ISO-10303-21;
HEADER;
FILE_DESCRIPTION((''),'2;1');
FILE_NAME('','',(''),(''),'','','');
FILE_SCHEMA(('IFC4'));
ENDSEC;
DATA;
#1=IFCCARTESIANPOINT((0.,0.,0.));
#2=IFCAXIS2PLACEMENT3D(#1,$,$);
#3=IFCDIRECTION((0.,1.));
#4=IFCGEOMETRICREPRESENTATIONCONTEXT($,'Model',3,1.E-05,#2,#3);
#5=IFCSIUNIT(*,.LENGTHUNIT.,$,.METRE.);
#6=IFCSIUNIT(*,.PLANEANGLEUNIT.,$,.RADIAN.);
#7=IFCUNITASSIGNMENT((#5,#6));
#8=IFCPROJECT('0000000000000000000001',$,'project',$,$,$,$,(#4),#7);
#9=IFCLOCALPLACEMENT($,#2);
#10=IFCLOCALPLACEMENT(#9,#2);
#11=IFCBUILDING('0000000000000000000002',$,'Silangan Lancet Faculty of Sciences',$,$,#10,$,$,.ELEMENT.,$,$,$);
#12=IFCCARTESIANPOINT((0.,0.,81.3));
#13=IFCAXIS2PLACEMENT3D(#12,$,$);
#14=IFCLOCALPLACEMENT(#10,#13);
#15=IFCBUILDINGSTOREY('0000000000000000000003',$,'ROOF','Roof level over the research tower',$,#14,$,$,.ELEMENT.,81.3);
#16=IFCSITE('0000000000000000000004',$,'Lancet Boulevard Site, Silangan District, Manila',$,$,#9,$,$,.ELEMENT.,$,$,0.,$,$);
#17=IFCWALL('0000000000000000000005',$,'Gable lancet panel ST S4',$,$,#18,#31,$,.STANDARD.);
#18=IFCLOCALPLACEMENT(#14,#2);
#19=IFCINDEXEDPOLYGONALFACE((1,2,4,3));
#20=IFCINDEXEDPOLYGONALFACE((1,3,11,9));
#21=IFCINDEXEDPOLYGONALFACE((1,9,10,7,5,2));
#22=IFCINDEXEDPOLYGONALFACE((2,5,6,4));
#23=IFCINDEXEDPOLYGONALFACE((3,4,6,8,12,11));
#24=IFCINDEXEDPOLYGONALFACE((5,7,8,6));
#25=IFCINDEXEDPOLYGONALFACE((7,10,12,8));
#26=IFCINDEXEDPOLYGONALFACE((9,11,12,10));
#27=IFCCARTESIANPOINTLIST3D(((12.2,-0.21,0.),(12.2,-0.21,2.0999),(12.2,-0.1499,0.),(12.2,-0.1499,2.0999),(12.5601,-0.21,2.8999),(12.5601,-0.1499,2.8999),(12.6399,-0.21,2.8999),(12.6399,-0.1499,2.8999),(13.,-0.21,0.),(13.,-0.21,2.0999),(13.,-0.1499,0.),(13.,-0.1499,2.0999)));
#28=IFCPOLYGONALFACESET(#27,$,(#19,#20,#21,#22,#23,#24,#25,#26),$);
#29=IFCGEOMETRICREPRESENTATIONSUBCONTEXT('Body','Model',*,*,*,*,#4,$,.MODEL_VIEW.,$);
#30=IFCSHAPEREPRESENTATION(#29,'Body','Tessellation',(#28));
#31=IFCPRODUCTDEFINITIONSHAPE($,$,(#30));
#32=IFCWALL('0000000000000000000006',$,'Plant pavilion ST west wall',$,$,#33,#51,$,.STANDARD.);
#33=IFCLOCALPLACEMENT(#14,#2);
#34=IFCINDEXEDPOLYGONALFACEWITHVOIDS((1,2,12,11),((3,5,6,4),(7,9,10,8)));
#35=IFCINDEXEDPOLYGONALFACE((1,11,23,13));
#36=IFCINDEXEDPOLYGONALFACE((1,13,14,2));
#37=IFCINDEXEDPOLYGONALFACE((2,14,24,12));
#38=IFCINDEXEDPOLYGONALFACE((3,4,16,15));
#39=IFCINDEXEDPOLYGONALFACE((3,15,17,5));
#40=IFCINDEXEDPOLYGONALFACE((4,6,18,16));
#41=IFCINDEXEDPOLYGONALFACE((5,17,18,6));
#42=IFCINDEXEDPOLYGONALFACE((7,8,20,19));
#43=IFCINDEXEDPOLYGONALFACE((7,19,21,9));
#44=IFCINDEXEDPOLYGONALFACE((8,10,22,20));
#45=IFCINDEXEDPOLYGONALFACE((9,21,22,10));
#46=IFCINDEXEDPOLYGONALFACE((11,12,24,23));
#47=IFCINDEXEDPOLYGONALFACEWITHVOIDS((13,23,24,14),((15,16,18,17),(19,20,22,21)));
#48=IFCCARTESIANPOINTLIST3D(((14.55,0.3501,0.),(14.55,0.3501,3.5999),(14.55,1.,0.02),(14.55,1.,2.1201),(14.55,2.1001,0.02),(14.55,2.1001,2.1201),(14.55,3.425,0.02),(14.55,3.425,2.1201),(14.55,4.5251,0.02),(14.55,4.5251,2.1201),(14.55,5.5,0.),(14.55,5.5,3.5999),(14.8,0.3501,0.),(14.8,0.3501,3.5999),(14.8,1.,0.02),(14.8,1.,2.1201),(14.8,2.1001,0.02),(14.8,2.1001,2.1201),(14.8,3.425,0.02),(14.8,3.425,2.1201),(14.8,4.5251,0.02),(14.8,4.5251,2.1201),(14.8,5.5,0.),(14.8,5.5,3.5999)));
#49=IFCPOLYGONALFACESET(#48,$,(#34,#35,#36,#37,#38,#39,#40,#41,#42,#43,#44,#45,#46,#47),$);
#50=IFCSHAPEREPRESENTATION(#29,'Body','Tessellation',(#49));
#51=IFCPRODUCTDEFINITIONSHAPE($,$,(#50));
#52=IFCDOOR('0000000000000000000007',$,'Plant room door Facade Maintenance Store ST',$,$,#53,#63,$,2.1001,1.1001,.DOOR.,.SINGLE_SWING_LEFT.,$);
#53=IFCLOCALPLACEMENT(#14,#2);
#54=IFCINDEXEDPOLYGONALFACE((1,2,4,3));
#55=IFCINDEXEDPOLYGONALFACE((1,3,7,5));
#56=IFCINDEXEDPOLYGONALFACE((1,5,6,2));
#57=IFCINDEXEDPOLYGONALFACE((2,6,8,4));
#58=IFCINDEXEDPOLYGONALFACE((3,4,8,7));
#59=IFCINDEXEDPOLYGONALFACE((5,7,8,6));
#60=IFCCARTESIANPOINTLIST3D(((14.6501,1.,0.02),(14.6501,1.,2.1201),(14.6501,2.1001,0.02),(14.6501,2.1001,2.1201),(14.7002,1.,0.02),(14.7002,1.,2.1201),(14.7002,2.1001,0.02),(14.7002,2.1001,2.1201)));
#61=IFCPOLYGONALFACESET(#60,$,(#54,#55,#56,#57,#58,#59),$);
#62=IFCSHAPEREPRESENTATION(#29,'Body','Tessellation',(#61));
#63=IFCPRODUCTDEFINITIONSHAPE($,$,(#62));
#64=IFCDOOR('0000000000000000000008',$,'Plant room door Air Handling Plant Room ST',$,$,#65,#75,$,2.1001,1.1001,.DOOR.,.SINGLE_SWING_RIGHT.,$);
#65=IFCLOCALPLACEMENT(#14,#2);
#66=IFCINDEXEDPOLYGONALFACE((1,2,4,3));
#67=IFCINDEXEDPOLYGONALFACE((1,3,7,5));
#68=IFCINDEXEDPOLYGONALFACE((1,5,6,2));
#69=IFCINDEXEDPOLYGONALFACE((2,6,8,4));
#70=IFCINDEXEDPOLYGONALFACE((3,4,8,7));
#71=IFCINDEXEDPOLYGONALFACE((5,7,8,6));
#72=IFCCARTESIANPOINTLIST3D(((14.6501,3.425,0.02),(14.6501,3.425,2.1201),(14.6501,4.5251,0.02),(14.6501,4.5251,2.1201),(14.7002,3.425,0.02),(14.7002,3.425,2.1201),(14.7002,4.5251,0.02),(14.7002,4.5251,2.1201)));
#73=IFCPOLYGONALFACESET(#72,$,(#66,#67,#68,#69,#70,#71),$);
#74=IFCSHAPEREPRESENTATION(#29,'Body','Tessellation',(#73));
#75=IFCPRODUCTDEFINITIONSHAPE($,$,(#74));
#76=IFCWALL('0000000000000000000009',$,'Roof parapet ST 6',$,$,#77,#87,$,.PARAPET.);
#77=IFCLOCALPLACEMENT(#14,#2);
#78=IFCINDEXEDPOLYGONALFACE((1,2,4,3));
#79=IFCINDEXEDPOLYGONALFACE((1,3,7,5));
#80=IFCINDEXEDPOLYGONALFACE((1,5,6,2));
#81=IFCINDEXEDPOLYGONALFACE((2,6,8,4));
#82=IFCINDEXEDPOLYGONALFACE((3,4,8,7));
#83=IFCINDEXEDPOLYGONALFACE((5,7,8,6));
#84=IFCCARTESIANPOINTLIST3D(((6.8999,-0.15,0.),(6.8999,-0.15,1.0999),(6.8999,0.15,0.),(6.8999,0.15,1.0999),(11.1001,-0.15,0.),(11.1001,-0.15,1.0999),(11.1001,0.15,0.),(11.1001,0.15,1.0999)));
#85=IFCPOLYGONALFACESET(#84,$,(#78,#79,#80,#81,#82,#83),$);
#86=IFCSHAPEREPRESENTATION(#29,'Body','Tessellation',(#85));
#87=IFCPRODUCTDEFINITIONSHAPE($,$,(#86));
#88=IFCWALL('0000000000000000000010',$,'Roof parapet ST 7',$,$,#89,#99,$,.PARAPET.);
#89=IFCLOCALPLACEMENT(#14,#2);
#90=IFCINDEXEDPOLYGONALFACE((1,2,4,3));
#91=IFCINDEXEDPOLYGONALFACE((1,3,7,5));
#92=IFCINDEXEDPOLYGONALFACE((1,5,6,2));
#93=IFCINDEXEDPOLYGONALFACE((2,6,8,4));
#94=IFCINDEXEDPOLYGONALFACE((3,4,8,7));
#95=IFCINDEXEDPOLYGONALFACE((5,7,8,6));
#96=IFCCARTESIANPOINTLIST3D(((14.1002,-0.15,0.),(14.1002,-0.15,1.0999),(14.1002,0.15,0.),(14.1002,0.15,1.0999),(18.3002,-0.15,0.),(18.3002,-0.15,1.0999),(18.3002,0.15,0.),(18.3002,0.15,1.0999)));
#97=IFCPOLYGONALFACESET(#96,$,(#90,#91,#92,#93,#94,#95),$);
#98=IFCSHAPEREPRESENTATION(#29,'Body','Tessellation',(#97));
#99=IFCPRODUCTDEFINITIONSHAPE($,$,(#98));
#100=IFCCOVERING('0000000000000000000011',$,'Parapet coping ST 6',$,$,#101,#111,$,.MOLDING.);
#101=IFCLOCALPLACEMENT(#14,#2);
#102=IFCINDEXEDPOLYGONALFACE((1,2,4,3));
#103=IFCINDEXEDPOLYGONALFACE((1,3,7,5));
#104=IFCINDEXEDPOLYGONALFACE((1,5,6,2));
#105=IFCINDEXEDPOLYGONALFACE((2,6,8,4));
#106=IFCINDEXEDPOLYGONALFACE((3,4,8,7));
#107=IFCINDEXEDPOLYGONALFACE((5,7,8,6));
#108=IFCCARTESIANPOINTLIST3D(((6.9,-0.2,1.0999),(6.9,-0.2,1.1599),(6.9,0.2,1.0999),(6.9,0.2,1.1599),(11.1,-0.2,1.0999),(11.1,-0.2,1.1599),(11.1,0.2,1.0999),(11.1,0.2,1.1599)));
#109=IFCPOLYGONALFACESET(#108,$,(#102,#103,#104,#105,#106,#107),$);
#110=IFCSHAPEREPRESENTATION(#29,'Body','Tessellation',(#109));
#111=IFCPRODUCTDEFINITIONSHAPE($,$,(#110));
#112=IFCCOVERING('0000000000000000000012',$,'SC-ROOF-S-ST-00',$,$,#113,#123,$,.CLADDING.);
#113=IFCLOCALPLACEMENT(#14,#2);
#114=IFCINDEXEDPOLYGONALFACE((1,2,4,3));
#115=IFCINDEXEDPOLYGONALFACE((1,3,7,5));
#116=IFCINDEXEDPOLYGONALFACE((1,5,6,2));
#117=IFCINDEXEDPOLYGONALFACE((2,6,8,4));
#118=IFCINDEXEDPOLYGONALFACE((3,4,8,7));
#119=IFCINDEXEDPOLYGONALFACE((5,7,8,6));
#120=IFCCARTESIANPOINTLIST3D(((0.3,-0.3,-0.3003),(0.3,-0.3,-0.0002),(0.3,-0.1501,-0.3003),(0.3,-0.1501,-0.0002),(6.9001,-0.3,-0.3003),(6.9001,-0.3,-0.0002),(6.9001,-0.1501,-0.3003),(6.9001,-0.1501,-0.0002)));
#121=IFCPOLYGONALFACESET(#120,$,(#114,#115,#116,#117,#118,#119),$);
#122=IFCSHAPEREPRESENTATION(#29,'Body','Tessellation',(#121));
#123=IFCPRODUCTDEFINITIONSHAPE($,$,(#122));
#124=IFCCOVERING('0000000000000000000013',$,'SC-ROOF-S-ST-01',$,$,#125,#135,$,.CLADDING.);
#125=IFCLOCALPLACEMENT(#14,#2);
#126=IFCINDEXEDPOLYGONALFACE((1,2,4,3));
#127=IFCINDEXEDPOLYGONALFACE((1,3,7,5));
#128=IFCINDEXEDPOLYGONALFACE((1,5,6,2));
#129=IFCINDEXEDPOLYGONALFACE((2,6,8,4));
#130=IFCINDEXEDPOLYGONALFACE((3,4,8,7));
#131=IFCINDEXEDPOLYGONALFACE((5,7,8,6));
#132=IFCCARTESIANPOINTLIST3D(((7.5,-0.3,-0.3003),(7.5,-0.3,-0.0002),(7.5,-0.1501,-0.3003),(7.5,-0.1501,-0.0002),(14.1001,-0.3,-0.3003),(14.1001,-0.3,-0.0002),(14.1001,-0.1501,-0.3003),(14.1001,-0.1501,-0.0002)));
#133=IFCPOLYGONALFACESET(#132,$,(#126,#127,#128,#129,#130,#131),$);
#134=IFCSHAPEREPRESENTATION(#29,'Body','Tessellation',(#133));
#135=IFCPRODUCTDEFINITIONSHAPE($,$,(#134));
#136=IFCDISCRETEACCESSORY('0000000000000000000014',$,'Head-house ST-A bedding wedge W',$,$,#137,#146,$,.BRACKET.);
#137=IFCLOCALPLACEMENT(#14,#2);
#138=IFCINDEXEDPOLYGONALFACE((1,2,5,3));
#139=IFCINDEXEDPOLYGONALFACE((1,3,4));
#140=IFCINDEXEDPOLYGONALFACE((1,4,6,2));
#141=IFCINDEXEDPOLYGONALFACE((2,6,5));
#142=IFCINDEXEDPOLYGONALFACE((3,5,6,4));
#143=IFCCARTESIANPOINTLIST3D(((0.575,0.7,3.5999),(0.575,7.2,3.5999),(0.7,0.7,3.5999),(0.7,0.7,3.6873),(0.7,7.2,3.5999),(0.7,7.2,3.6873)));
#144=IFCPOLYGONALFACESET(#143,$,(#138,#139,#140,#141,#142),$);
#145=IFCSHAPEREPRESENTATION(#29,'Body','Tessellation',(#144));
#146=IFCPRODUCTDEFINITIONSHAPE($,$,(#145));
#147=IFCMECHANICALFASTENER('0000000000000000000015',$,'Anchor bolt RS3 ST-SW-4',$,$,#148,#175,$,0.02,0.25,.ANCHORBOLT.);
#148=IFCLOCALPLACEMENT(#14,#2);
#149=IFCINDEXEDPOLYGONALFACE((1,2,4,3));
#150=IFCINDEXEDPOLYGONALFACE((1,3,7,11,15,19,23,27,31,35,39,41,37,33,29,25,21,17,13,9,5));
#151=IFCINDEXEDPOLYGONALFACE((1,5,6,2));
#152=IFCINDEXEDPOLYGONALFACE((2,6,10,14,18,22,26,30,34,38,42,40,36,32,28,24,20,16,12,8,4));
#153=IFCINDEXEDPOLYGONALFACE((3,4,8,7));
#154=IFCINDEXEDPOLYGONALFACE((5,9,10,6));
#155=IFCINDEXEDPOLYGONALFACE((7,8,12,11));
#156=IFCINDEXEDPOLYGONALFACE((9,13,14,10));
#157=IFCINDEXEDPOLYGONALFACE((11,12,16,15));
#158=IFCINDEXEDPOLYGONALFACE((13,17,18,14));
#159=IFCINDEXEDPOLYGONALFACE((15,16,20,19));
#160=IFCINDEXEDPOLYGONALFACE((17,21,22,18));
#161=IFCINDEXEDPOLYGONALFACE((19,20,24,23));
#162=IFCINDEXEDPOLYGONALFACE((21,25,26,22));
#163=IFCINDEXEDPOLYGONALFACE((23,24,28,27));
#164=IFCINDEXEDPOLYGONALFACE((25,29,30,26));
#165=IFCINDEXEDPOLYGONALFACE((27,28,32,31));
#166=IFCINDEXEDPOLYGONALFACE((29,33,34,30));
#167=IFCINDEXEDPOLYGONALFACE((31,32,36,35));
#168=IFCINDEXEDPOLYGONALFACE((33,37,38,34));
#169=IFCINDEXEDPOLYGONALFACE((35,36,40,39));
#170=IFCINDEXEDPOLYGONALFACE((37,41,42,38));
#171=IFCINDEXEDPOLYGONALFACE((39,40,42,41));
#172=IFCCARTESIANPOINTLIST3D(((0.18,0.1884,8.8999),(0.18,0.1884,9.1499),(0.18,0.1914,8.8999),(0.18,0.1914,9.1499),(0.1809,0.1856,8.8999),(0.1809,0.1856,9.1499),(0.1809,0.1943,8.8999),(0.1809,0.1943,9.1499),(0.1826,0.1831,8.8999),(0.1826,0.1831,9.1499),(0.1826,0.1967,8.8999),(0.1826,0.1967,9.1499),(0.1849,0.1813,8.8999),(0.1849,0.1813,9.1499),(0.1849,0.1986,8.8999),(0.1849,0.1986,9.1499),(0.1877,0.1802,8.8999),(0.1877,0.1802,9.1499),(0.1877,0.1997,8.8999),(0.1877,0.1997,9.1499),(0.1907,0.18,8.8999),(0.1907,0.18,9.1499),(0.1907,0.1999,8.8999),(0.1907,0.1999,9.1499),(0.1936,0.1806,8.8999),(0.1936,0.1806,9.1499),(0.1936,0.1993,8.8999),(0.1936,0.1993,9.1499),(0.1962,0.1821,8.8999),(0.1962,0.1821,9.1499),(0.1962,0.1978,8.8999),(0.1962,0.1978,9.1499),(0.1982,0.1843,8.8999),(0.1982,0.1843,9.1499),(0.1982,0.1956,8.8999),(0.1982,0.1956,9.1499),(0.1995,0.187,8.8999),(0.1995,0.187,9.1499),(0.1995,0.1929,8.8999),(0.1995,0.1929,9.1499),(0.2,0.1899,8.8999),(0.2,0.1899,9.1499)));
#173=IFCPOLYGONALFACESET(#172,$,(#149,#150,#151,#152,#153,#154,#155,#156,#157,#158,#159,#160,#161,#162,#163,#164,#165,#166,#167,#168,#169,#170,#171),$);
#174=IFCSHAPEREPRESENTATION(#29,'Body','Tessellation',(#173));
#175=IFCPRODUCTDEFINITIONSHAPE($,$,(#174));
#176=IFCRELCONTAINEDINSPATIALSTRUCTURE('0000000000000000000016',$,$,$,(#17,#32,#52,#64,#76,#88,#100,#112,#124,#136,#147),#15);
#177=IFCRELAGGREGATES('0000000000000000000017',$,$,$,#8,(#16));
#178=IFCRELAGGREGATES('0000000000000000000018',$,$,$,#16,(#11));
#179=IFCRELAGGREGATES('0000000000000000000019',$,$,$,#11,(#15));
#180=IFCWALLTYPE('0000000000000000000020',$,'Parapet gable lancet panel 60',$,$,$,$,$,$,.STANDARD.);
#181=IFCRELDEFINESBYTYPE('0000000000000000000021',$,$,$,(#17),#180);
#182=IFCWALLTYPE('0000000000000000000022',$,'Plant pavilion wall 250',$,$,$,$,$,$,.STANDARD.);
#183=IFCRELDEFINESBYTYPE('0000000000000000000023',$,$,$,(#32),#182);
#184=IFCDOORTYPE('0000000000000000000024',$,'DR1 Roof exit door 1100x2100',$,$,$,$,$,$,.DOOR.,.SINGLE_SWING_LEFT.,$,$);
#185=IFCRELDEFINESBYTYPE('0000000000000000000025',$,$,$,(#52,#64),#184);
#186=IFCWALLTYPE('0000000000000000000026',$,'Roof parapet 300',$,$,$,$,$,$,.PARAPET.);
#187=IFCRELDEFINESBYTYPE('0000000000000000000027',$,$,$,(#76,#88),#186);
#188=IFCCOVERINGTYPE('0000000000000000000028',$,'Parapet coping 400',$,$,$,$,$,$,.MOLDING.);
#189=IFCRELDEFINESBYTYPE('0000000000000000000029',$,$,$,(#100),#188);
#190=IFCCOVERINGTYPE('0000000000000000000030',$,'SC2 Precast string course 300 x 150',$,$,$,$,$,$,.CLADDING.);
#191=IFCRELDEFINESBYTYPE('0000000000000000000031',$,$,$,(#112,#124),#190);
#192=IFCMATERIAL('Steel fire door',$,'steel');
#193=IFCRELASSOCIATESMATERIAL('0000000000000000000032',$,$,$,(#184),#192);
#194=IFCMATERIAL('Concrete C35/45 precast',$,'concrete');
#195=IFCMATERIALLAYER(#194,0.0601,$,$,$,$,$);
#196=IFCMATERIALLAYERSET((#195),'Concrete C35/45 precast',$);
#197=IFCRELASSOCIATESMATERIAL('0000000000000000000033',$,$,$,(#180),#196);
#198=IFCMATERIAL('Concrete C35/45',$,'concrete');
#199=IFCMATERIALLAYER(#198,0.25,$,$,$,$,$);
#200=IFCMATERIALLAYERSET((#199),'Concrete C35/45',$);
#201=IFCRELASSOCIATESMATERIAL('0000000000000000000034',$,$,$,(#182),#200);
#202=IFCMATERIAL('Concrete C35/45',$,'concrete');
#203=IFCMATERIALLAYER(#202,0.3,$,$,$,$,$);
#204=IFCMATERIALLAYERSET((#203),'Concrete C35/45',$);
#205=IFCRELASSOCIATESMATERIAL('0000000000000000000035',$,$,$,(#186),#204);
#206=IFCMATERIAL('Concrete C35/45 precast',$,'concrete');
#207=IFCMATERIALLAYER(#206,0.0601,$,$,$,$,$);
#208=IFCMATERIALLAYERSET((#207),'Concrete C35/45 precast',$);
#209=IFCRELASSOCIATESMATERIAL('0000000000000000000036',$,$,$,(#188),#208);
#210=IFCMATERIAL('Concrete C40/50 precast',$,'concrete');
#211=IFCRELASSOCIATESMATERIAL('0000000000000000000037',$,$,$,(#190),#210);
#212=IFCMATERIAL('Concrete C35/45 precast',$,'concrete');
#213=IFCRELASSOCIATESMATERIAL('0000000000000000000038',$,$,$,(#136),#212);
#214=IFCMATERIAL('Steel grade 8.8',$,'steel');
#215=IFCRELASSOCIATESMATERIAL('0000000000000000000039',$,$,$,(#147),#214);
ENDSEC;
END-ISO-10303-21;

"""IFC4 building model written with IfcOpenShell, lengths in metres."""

from ifc_helpers import new_model, si_unit, direction, frame, frame_2d, origin, origin_2d, place, context, subcontext, project, spatial, polyline, rectangle, circle, outline, extrude, material, layer, layer_set, type_object, element, fill, save


model = new_model("IFC4")

# Units and contexts
model_context = context("Model", 3, precision=1e-05, world=origin(), true_north=direction((0.0, 1.0)))
body_context = subcontext(model_context, "Body", "Model", "MODEL_VIEW")
ifc_project = project(units=[si_unit("LENGTHUNIT", "METRE"), si_unit("PLANEANGLEUNIT", "RADIAN")], contexts=[model_context])

# Site, building, storey
site_placement = place(None, origin())
site = spatial("IfcSite", under=ifc_project, at=site_placement, Name="Lancet Boulevard Site, Silangan District, Manila", CompositionType="ELEMENT", RefElevation=0.0)
building_placement = place(site_placement, origin())
building = spatial("IfcBuilding", under=site, at=building_placement, Name="Silangan Lancet Faculty of Sciences", CompositionType="ELEMENT")
storey_placement = place(building_placement, frame((0.0, 0.0, 81.3)))
storey = spatial("IfcBuildingStorey", under=building, at=storey_placement, Name="ROOF", Description="Roof level over the research tower", CompositionType="ELEMENT", Elevation=81.3)

# Shared definitions
ifc_material_1 = material(Name="Steel fire door", Category="steel")
door_type = type_object("IfcDoorType", Name="DR1 Roof exit door 1100x2100", OperationType="SINGLE_SWING_LEFT", PredefinedType="DOOR", material=ifc_material_1)

# Wall
ifc_material_2 = material(Name="Concrete C35/45 precast", Category="concrete")
ifc_layer_1 = layer(ifc_material_2, 0.0601)
ifc_layer_set_1 = layer_set([ifc_layer_1], Name="Concrete C35/45 precast")
wall_type_1 = type_object("IfcWallType", Name="Parapet gable lancet panel 60", PredefinedType="STANDARD", material=ifc_layer_set_1)
for number, where, z_axis, x_axis, name in (
    (1, (12.2, -0.1799, 0.0), (0.0, 0.0, 1.0), (1.0, 0.0, 0.0), "Gable lancet panel ST S4"),
):
    element("IfcWall", number, at=place(storey_placement, frame(where, z_axis=z_axis, x_axis=x_axis)), inside=storey, type_object=wall_type_1, Name=name, PredefinedType="STANDARD", context=body_context, shape_type="SweptSolid", body=[
        extrude(outline(polyline([(0.0, 0.0), (0.8, 0.0), (0.8, 2.0999), (0.4399, 2.8999), (0.3601, 2.8999), (0.0, 2.0999), (0.0, 0.0)])), frame((0.0, 0.03, 0.0), z_axis=(0.0, -1.0, 0.0), x_axis=(1.0, 0.0, 0.0)), (0.0, 0.0, 1.0), 0.0601),
    ])

# Wall, openings, doors
ifc_material_3 = material(Name="Concrete C35/45", Category="concrete")
ifc_layer_2 = layer(ifc_material_3, 0.25)
ifc_layer_set_2 = layer_set([ifc_layer_2], Name="Concrete C35/45")
wall_type_2 = type_object("IfcWallType", Name="Plant pavilion wall 250", PredefinedType="STANDARD", material=ifc_layer_set_2)
wall_1_placement = place(storey_placement, frame((14.675, 0.3501, 0.0), z_axis=(0.0, 0.0, 1.0), x_axis=(0.0, 1.0, 0.0)))
wall_1 = element("IfcWall", 2, at=wall_1_placement, inside=storey, type_object=wall_type_2, Name="Plant pavilion ST west wall", PredefinedType="STANDARD", context=body_context, shape_type="SweptSolid", body=[
    extrude(rectangle(XDim=5.1499, YDim=0.25, at=frame_2d((2.575, 0.0))), origin(), (0.0, 0.0, 1.0), 3.5999),
])
opening_1_placement = place(wall_1_placement, frame((0.6499, 0.0, 0.02)))
opening_1 = element("IfcOpeningElement", 3, at=opening_1_placement, cuts=wall_1, PredefinedType="OPENING", context=body_context, shape_type="SweptSolid", body=[
    extrude(rectangle(XDim=1.1001, YDim=2.1001, at=frame_2d((0.55, 1.05))), frame((0.0, 0.135, 0.0), z_axis=(0.0, -1.0, 0.0), x_axis=(1.0, 0.0, 0.0)), (0.0, 0.0, 1.0), 0.27),
])
opening_2_placement = place(wall_1_placement, frame((3.075, 0.0, 0.02)))
opening_2 = element("IfcOpeningElement", 4, at=opening_2_placement, cuts=wall_1, PredefinedType="OPENING", context=body_context, shape_type="SweptSolid", body=[
    extrude(rectangle(XDim=1.1001, YDim=2.1001, at=frame_2d((0.55, 1.05))), frame((0.0, 0.135, 0.0), z_axis=(0.0, -1.0, 0.0), x_axis=(1.0, 0.0, 0.0)), (0.0, 0.0, 1.0), 0.27),
])
door_1_placement = place(opening_1_placement, origin())
door_1 = element("IfcDoor", 5, at=door_1_placement, inside=storey, type_object=door_type, Name="Plant room door Facade Maintenance Store ST", OperationType="SINGLE_SWING_LEFT", OverallHeight=2.1001, OverallWidth=1.1001, PredefinedType="DOOR", context=body_context, shape_type="SweptSolid", body=[
    extrude(rectangle(XDim=1.1001, YDim=2.1001, at=frame_2d((0.55, 1.05))), frame((0.0, 0.0249, 0.0), z_axis=(0.0, -1.0, 0.0), x_axis=(1.0, 0.0, 0.0)), (0.0, 0.0, 1.0), 0.05),
])
fill(opening_1, door_1)
door_2_placement = place(opening_2_placement, origin())
door_2 = element("IfcDoor", 6, at=door_2_placement, inside=storey, type_object=door_type, Name="Plant room door Air Handling Plant Room ST", OperationType="SINGLE_SWING_RIGHT", OverallHeight=2.1001, OverallWidth=1.1001, PredefinedType="DOOR", context=body_context, shape_type="SweptSolid", body=[
    extrude(rectangle(XDim=1.1001, YDim=2.1001, at=frame_2d((0.55, 1.05))), frame((0.0, 0.0249, 0.0), z_axis=(0.0, -1.0, 0.0), x_axis=(1.0, 0.0, 0.0)), (0.0, 0.0, 1.0), 0.05),
])
fill(opening_2, door_2)

# Walls
ifc_material_4 = material(Name="Concrete C35/45", Category="concrete")
ifc_layer_3 = layer(ifc_material_4, 0.3)
ifc_layer_set_3 = layer_set([ifc_layer_3], Name="Concrete C35/45")
wall_type_3 = type_object("IfcWallType", Name="Roof parapet 300", PredefinedType="PARAPET", material=ifc_layer_set_3)
wall_2_placement = place(storey_placement, frame((6.8999, 0.0, 0.0), z_axis=(0.0, 0.0, 1.0), x_axis=(1.0, 0.0, 0.0)))
element("IfcWall", 7, at=wall_2_placement, inside=storey, type_object=wall_type_3, Name="Roof parapet ST 6", PredefinedType="PARAPET", context=body_context, shape_type="SweptSolid", body=[
    extrude(rectangle(XDim=4.2002, YDim=0.3, at=frame_2d((2.1001, 0.0))), origin(), (0.0, 0.0, 1.0), 1.0999),
])
wall_3_placement = place(storey_placement, frame((14.1001, 0.0, 0.0), z_axis=(0.0, 0.0, 1.0), x_axis=(1.0, 0.0, 0.0)))
element("IfcWall", 8, at=wall_3_placement, inside=storey, type_object=wall_type_3, Name="Roof parapet ST 7", PredefinedType="PARAPET", context=body_context, shape_type="SweptSolid", body=[
    extrude(rectangle(XDim=4.2, YDim=0.3, at=frame_2d((2.1001, 0.0))), origin(), (0.0, 0.0, 1.0), 1.0999),
])

# Coverings
ifc_material_5 = material(Name="Concrete C35/45 precast", Category="concrete")
ifc_layer_4 = layer(ifc_material_5, 0.0601)
ifc_layer_set_4 = layer_set([ifc_layer_4], Name="Concrete C35/45 precast")
covering_type_1 = type_object("IfcCoveringType", Name="Parapet coping 400", PredefinedType="MOLDING", material=ifc_layer_set_4)
covering_placement = place(storey_placement, frame((9.0, 0.0, 1.0999), z_axis=(0.0, 0.0, 1.0), x_axis=(1.0, 0.0, 0.0)))
element("IfcCovering", 9, at=covering_placement, inside=storey, type_object=covering_type_1, Name="Parapet coping ST 6", PredefinedType="MOLDING", context=body_context, shape_type="SweptSolid", body=[
    extrude(rectangle(XDim=4.2, YDim=0.3999, at=origin_2d()), origin(), (0.0, 0.0, 1.0), 0.0601),
])
ifc_material_6 = material(Name="Concrete C40/50 precast", Category="concrete")
covering_type_2 = type_object("IfcCoveringType", Name="SC2 Precast string course 300 x 150", PredefinedType="CLADDING", material=ifc_material_6)
for number, where, z_axis, x_axis, name in (
    (10, (3.6001, -0.2251, -0.3003), (0.0, 0.0, 1.0), (1.0, 0.0, 0.0), "SC-ROOF-S-ST-00"),
    (11, (10.8, -0.2251, -0.3003), (0.0, 0.0, 1.0), (1.0, 0.0, 0.0), "SC-ROOF-S-ST-01"),
):
    element("IfcCovering", number, at=place(storey_placement, frame(where, z_axis=z_axis, x_axis=x_axis)), inside=storey, type_object=covering_type_2, Name=name, PredefinedType="CLADDING", context=body_context, shape_type="SweptSolid", body=[
        extrude(rectangle(XDim=6.6001, YDim=0.1499, at=origin_2d()), origin(), (0.0, 0.0, 1.0), 0.3),
    ])

# Discrete accessory
ifc_material_7 = material(Name="Concrete C35/45 precast", Category="concrete")
discrete_accessory_placement = place(storey_placement, frame((0.575, 0.7, 3.5999), z_axis=(0.0, 1.0, 0.0), x_axis=(-1.0, 0.0, 0.0)))
element("IfcDiscreteAccessory", 12, at=discrete_accessory_placement, inside=storey, material=ifc_material_7, Name="Head-house ST-A bedding wedge W", PredefinedType="BRACKET", context=body_context, shape_type="SweptSolid", body=[
    extrude(outline(polyline([(0.0, 0.0), (-0.125, 0.0), (-0.125, 0.0874), (0.0, 0.0)])), origin(), (0.0, 0.0, 1.0), 6.5),
])

# Mechanical fastener
ifc_material_8 = material(Name="Steel grade 8.8", Category="steel")
mechanical_fastener_placement = place(storey_placement, frame((0.1899, 0.1899, 8.8999), z_axis=(0.0, 0.0, 1.0), x_axis=(1.0, 0.0, 0.0)))
element("IfcMechanicalFastener", 13, at=mechanical_fastener_placement, inside=storey, material=ifc_material_8, Name="Anchor bolt RS3 ST-SW-4", NominalDiameter=0.02, NominalLength=0.25, PredefinedType="ANCHORBOLT", context=body_context, shape_type="SweptSolid", body=[
    extrude(circle(Radius=0.01, at=origin_2d()), origin(), (0.0, 0.0, 1.0), 0.25),
])

save(model, "model.ifc")
